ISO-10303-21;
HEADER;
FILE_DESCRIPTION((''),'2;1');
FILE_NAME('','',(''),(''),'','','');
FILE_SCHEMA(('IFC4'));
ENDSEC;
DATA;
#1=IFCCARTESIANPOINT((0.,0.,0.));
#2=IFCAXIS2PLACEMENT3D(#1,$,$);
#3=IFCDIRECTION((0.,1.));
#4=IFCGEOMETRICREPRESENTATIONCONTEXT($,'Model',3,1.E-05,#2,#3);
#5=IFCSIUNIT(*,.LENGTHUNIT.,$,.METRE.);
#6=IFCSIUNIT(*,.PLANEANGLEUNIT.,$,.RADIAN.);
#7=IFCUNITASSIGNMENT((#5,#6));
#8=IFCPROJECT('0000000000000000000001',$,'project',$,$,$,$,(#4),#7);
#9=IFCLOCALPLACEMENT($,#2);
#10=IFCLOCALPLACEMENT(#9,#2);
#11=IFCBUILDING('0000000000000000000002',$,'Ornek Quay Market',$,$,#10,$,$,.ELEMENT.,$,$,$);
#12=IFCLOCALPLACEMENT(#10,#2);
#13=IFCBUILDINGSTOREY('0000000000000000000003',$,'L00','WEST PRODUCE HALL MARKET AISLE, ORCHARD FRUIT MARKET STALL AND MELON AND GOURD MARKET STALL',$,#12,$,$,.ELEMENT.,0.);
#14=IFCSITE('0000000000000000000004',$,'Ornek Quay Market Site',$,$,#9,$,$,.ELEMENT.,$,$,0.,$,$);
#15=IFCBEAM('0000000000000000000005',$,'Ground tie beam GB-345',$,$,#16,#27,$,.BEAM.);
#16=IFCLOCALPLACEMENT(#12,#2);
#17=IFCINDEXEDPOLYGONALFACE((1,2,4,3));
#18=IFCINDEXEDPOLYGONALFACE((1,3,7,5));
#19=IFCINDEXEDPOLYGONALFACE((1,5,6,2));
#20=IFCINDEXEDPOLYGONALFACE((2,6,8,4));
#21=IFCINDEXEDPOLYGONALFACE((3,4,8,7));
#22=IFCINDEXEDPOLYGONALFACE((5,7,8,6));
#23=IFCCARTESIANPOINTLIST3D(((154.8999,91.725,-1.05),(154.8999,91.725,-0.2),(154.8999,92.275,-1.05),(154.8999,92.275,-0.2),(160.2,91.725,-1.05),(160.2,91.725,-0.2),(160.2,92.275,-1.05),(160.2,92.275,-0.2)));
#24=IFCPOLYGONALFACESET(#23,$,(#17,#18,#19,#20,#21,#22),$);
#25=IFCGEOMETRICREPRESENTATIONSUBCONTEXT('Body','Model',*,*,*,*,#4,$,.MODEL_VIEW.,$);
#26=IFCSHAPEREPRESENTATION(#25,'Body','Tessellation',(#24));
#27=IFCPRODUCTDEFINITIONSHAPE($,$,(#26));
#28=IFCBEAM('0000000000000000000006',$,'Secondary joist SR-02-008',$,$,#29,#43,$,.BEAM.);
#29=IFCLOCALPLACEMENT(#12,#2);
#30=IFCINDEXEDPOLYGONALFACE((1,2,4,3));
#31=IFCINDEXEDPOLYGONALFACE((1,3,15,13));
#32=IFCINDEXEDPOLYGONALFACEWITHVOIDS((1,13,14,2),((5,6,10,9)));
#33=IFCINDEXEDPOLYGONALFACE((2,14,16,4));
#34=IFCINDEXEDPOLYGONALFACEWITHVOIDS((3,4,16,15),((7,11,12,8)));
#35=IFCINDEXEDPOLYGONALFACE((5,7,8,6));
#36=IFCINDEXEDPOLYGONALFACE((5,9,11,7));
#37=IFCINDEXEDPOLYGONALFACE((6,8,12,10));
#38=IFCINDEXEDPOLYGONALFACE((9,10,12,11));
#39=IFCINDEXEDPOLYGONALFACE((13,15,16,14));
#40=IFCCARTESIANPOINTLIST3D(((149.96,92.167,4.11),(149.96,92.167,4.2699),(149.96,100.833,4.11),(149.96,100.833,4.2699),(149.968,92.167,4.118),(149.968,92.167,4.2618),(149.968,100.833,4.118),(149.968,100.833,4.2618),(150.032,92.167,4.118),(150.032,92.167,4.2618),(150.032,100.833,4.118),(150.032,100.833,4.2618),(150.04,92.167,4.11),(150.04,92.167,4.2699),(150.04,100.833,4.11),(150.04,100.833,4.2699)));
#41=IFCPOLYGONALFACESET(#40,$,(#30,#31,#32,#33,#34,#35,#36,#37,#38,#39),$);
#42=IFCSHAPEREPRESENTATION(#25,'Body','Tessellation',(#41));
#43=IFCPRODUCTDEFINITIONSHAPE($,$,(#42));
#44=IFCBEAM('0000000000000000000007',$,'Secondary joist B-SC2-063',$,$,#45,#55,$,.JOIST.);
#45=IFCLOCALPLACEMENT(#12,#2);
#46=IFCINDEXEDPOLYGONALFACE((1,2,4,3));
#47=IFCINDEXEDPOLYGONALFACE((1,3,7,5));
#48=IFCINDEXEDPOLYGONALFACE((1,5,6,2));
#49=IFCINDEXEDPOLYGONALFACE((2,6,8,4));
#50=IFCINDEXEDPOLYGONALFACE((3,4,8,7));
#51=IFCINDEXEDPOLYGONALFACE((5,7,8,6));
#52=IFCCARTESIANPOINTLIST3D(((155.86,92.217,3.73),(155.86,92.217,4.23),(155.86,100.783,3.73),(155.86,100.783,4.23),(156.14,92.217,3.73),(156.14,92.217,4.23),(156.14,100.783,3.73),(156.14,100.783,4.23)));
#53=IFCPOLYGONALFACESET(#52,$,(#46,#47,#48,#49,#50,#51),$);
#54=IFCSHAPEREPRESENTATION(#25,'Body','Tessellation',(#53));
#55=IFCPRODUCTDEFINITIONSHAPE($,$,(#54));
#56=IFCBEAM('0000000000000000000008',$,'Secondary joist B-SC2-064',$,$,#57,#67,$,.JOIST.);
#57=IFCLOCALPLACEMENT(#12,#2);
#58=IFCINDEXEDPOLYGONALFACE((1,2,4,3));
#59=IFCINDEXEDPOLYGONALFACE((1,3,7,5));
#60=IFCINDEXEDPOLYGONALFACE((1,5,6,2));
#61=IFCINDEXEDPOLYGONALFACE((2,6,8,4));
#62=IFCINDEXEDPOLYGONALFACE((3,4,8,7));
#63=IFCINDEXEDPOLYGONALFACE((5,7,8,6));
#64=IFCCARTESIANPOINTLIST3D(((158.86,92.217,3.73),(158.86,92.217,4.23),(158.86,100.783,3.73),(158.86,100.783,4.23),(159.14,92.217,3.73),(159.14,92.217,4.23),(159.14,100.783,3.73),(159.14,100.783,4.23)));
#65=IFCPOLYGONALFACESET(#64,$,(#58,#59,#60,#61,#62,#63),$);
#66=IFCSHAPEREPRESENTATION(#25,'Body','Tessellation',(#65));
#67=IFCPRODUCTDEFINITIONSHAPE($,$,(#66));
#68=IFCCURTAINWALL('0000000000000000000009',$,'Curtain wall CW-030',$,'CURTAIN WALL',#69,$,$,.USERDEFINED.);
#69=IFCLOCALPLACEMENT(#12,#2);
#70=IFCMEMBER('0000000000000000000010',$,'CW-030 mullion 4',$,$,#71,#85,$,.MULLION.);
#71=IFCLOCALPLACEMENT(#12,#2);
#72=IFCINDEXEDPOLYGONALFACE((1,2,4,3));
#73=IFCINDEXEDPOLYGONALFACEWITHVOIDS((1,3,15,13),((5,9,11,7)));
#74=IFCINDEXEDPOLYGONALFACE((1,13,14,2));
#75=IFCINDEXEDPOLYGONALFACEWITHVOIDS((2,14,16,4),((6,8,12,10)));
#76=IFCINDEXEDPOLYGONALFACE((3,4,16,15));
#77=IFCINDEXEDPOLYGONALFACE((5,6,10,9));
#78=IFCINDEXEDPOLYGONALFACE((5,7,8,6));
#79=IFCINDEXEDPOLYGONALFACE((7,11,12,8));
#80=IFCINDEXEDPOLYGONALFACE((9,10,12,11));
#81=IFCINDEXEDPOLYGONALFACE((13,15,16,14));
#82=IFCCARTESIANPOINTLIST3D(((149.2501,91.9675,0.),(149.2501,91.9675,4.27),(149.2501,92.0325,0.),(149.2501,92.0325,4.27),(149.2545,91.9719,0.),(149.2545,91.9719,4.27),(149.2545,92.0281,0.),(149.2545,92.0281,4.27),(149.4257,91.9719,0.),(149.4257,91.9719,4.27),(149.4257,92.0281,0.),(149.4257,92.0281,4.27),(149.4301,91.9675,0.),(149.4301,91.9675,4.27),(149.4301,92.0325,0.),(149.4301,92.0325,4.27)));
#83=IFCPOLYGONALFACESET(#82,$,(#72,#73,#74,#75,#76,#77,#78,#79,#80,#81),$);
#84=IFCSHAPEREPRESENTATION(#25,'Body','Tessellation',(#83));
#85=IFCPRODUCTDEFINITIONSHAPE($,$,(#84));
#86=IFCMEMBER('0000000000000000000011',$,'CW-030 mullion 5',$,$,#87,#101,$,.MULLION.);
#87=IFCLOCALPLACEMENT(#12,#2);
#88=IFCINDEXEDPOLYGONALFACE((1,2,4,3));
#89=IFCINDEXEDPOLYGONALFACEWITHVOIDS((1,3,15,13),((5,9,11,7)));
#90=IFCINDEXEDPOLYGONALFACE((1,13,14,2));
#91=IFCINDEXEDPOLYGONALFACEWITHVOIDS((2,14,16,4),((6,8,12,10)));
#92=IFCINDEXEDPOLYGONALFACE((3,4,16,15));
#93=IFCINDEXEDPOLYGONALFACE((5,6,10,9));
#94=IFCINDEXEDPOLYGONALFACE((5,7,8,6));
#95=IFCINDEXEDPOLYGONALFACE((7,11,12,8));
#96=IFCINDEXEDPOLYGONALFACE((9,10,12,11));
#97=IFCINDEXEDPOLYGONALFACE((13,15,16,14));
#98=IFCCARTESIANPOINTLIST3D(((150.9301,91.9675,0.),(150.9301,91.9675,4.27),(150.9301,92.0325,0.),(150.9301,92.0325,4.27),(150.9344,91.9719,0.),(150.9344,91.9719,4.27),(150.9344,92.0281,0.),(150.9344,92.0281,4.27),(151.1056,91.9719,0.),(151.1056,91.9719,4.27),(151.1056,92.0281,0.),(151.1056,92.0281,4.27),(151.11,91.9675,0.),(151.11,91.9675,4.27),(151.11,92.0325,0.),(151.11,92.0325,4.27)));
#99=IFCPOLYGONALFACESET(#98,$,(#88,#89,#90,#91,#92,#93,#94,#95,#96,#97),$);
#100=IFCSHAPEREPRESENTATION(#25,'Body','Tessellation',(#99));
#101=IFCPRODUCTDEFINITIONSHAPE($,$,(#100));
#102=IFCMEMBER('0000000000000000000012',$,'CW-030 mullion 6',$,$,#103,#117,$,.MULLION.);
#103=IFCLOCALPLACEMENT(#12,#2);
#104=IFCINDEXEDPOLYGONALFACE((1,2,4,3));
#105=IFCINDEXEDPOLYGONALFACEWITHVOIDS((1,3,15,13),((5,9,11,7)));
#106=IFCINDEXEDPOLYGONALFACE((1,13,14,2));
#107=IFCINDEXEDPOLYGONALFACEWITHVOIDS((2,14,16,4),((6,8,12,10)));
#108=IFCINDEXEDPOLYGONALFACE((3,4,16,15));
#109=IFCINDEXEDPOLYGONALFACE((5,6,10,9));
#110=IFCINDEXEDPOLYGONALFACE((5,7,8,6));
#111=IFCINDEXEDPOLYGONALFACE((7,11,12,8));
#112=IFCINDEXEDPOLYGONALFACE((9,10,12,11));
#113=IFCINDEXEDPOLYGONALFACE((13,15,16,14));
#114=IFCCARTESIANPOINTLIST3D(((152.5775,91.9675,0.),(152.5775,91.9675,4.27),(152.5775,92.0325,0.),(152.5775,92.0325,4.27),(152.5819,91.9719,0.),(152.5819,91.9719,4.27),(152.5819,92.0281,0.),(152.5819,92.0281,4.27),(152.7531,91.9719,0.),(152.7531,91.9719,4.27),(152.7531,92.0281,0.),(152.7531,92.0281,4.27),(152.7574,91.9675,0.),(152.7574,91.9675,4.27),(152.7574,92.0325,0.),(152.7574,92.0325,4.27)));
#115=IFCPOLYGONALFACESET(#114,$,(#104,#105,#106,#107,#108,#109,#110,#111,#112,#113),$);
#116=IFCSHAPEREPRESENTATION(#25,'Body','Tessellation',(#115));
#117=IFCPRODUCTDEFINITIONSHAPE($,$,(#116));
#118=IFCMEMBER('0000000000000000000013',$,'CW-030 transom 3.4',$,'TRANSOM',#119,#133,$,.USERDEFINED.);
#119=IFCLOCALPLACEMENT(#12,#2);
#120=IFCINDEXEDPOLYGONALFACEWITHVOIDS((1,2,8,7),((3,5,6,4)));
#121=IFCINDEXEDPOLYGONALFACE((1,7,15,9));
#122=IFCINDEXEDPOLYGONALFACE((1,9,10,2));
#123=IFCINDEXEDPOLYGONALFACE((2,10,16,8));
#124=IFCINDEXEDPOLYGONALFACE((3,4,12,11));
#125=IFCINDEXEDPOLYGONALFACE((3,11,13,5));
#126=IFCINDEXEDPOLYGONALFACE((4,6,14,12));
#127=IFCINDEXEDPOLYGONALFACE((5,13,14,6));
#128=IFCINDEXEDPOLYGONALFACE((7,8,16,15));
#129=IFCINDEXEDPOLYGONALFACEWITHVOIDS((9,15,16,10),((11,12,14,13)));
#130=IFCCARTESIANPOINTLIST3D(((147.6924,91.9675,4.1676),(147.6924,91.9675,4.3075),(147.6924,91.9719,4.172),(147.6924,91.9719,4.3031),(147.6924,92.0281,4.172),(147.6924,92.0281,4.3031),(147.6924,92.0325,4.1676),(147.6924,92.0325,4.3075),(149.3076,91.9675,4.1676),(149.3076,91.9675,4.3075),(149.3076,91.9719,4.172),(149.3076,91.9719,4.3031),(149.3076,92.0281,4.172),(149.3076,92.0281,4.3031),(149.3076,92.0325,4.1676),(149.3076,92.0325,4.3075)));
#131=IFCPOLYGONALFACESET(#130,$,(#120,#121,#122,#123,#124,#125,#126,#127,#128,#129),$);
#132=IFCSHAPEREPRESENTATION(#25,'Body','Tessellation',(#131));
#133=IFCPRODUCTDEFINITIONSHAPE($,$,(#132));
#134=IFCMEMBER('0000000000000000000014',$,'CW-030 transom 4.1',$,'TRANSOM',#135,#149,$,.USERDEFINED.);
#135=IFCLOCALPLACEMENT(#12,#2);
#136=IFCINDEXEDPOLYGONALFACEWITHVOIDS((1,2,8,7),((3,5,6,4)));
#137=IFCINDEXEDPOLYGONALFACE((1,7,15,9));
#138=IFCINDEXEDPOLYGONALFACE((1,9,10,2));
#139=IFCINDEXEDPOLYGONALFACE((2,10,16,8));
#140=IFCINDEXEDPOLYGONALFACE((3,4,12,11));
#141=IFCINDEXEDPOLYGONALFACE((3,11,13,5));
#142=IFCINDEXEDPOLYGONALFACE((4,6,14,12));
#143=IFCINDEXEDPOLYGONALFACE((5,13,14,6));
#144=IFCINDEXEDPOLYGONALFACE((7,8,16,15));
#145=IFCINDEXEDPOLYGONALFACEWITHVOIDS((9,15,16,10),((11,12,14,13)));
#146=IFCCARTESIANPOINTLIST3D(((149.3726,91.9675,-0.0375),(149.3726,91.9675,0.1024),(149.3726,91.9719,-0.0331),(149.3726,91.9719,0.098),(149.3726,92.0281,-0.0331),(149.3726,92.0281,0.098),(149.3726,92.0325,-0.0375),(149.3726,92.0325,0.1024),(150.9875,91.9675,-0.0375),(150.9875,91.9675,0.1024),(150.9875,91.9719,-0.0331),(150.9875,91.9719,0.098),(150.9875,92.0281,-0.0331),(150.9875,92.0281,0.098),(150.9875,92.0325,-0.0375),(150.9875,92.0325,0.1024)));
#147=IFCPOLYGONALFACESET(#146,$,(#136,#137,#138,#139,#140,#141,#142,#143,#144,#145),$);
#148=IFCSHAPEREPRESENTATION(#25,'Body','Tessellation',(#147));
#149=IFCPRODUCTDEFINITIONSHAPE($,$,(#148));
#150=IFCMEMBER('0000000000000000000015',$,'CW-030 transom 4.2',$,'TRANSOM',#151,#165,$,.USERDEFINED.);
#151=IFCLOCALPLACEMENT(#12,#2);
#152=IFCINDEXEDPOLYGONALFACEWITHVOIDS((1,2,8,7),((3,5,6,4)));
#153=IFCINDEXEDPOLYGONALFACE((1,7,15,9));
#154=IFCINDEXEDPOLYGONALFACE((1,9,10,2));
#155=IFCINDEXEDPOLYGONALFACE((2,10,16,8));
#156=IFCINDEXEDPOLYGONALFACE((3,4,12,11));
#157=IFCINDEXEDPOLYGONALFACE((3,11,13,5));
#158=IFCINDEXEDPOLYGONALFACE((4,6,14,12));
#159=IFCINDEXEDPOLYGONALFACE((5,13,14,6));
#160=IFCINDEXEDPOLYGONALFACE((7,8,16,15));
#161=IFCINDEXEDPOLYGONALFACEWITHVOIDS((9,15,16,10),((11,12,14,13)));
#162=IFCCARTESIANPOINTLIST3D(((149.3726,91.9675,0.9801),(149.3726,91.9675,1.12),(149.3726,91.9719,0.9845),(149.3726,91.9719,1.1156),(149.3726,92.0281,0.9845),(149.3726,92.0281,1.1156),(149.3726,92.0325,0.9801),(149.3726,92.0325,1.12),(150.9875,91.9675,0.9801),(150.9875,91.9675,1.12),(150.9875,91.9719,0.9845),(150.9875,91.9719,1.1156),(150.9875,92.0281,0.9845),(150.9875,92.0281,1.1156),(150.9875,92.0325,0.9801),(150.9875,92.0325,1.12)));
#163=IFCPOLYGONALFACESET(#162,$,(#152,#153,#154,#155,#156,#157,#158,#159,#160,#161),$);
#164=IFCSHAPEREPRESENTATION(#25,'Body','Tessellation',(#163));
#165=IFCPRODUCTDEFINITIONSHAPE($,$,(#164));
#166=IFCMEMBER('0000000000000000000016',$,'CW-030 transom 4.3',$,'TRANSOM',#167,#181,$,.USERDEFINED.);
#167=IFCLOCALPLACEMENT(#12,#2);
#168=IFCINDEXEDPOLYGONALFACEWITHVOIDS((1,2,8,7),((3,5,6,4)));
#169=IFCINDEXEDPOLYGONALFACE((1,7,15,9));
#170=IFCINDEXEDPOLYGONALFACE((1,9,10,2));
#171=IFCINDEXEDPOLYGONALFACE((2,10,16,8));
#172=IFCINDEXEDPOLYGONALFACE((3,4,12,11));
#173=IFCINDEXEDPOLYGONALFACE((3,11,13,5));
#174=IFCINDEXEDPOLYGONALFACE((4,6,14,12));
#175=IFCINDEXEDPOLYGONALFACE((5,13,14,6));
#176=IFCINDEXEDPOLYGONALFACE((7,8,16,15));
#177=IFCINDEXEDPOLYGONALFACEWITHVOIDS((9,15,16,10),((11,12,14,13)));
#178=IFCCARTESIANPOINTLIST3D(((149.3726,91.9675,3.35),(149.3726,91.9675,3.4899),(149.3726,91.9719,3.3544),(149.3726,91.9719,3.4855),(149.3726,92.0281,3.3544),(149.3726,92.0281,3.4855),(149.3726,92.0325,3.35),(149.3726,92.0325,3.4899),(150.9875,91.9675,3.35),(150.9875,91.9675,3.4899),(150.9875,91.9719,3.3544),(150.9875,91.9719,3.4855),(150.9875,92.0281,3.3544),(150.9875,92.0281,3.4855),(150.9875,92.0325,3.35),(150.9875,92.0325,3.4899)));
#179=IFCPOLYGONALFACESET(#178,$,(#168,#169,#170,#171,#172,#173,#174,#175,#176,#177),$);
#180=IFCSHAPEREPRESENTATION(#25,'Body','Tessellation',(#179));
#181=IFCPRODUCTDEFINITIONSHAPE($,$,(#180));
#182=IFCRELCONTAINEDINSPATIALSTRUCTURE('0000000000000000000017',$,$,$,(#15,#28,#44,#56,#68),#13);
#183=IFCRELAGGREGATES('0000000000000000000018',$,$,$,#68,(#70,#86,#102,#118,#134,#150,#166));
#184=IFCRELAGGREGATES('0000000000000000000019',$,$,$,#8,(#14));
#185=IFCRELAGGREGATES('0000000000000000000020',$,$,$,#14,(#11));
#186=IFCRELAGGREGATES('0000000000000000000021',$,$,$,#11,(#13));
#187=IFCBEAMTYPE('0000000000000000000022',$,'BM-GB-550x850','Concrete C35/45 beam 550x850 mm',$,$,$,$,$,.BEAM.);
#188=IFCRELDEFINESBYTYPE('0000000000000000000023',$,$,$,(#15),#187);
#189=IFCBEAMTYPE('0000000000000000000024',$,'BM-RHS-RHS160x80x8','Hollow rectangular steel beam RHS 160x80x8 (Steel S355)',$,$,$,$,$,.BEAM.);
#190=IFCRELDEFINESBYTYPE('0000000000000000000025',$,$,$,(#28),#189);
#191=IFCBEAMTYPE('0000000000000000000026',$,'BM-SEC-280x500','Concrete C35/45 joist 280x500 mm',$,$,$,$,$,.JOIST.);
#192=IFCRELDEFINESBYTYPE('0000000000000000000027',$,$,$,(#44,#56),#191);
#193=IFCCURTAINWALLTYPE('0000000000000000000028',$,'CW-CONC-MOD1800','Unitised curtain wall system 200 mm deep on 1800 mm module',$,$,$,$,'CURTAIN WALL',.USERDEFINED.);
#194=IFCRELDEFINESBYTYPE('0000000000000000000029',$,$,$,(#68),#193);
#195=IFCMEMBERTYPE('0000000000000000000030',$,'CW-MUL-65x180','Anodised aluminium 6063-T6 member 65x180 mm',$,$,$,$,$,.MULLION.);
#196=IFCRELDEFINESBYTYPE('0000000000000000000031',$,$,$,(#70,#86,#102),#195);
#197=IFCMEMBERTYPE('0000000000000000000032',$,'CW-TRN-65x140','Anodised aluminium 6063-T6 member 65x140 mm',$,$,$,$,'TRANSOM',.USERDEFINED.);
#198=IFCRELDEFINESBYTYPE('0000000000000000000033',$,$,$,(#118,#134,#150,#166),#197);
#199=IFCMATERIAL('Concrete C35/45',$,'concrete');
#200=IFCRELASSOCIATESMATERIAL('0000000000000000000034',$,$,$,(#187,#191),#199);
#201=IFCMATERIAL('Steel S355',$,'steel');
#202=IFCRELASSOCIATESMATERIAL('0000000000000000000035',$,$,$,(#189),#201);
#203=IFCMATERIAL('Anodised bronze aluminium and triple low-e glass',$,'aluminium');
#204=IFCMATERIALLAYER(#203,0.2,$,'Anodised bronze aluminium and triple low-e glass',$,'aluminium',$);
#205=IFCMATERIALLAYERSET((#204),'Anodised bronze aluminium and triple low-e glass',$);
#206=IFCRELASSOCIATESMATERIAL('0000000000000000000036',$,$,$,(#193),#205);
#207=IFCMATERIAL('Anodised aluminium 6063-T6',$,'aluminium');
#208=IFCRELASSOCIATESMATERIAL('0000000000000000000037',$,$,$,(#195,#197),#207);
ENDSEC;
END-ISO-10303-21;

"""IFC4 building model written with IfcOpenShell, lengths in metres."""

from ifc_helpers import new_model, si_unit, direction, frame, origin, origin_2d, place, context, subcontext, project, spatial, rectangle, hollow_rectangle, extrude, material, layer, layer_set, material_profile, profile_set, type_object, element, aggregate, save


model = new_model("IFC4")

# Units and contexts
model_context = context("Model", 3, precision=1e-05, world=origin(), true_north=direction((0.0, 1.0)))
body_context = subcontext(model_context, "Body", "Model", "MODEL_VIEW")
ifc_project = project(units=[si_unit("LENGTHUNIT", "METRE"), si_unit("PLANEANGLEUNIT", "RADIAN")], contexts=[model_context])

# Site, building, storey
site_placement = place(None, origin())
site = spatial("IfcSite", under=ifc_project, at=site_placement, Name="Ornek Quay Market Site", CompositionType="ELEMENT", RefElevation=0.0)
building_placement = place(site_placement, origin())
building = spatial("IfcBuilding", under=site, at=building_placement, Name="Ornek Quay Market", CompositionType="ELEMENT")
storey_placement = place(building_placement, origin())
storey = spatial("IfcBuildingStorey", under=building, at=storey_placement, Name="L00", Description="WEST PRODUCE HALL MARKET AISLE, ORCHARD FRUIT MARKET STALL AND MELON AND GOURD MARKET STALL", CompositionType="ELEMENT", Elevation=0.0)

# Shared definitions
ifc_material_1 = material(Name="Concrete C35/45", Category="concrete")

# Beams
ifc_material_profile_1 = material_profile(ifc_material_1, rectangle(XDim=0.55, YDim=0.8501, at=origin_2d()), Name="RC 550x850", Category="concrete")
ifc_profile_set_1 = profile_set([ifc_material_profile_1], Name="Concrete C35/45")
beam_type_1 = type_object("IfcBeamType", Name="BM-GB-550x850", Description="Concrete C35/45 beam 550x850 mm", PredefinedType="BEAM", material=ifc_profile_set_1)
beam_1_placement = place(storey_placement, frame((154.8999, 92.0, -0.625), z_axis=(1.0, 0.0, 0.0), x_axis=(0.0, 1.0, 0.0)))
element("IfcBeam", 1, at=beam_1_placement, inside=storey, type_object=beam_type_1, Name="Ground tie beam GB-345", PredefinedType="BEAM", context=body_context, shape_type="SweptSolid", body=[
    extrude(rectangle(XDim=0.55, YDim=0.8501, at=origin_2d()), origin(), (0.0, 0.0, 1.0), 5.3),
])
ifc_material_2 = material(Name="Steel S355", Category="steel")
ifc_material_profile_2 = material_profile(ifc_material_2, hollow_rectangle(XDim=0.0801, YDim=0.1599, WallThickness=0.0081, at=origin_2d()), Name="RHS 160x80x8", Category="steel")
ifc_profile_set_2 = profile_set([ifc_material_profile_2], Name="Steel S355")
beam_type_2 = type_object("IfcBeamType", Name="BM-RHS-RHS160x80x8", Description="Hollow rectangular steel beam RHS 160x80x8 (Steel S355)", PredefinedType="BEAM", material=ifc_profile_set_2)
beam_2_placement = place(storey_placement, frame((150.0, 92.167, 4.1899), z_axis=(0.0, 1.0, 0.0), x_axis=(-1.0, 0.0, 0.0)))
element("IfcBeam", 2, at=beam_2_placement, inside=storey, type_object=beam_type_2, Name="Secondary joist SR-02-008", PredefinedType="BEAM", context=body_context, shape_type="SweptSolid", body=[
    extrude(hollow_rectangle(XDim=0.0801, YDim=0.1599, WallThickness=0.0081, at=origin_2d()), origin(), (0.0, 0.0, 1.0), 8.666),
])
ifc_material_profile_3 = material_profile(ifc_material_1, rectangle(XDim=0.28, YDim=0.5, at=origin_2d()), Name="RC 280x500", Category="concrete")
ifc_profile_set_3 = profile_set([ifc_material_profile_3], Name="Concrete C35/45")
beam_type_3 = type_object("IfcBeamType", Name="BM-SEC-280x500", Description="Concrete C35/45 joist 280x500 mm", PredefinedType="JOIST", material=ifc_profile_set_3)
for number, where, z_axis, x_axis, name in (
    (3, (156.0, 92.217, 3.98), (0.0, 1.0, 0.0), (-1.0, 0.0, 0.0), "Secondary joist B-SC2-063"),
    (4, (159.0, 92.217, 3.98), (0.0, 1.0, 0.0), (-1.0, 0.0, 0.0), "Secondary joist B-SC2-064"),
):
    element("IfcBeam", number, at=place(storey_placement, frame(where, z_axis=z_axis, x_axis=x_axis)), inside=storey, type_object=beam_type_3, Name=name, PredefinedType="JOIST", context=body_context, shape_type="SweptSolid", body=[
        extrude(rectangle(XDim=0.28, YDim=0.5, at=origin_2d()), origin(), (0.0, 0.0, 1.0), 8.5659),
    ])

# Curtain wall, members
ifc_material_3 = material(Name="Anodised bronze aluminium and triple low-e glass", Category="aluminium")
ifc_layer_1 = layer(ifc_material_3, 0.2, Name="Anodised bronze aluminium and triple low-e glass", Category="aluminium")
ifc_layer_set_1 = layer_set([ifc_layer_1], Name="Anodised bronze aluminium and triple low-e glass")
curtain_wall_type = type_object("IfcCurtainWallType", Name="CW-CONC-MOD1800", Description="Unitised curtain wall system 200 mm deep on 1800 mm module", ElementType="CURTAIN WALL", PredefinedType="USERDEFINED", material=ifc_layer_set_1)
curtain_wall_placement = place(storey_placement, origin())
curtain_wall = element("IfcCurtainWall", 5, at=curtain_wall_placement, inside=storey, type_object=curtain_wall_type, Name="Curtain wall CW-030", ObjectType="CURTAIN WALL", PredefinedType="USERDEFINED")
ifc_material_4 = material(Name="Anodised aluminium 6063-T6", Category="aluminium")
ifc_material_profile_4 = material_profile(ifc_material_4, hollow_rectangle(XDim=0.0649, YDim=0.1799, WallThickness=0.0044, at=origin_2d()), Name="CW-MUL-65x180", Category="aluminium")
ifc_profile_set_4 = profile_set([ifc_material_profile_4], Name="Anodised aluminium 6063-T6")
member_type_1 = type_object("IfcMemberType", Name="CW-MUL-65x180", Description="Anodised aluminium 6063-T6 member 65x180 mm", PredefinedType="MULLION", material=ifc_profile_set_4)
member_1_placement = place(storey_placement, frame((149.3401, 92.0, 0.0), z_axis=(0.0, 0.0, 1.0), x_axis=(0.0, 1.0, 0.0)))
member_1 = element("IfcMember", 6, at=member_1_placement, type_object=member_type_1, Name="CW-030 mullion 4", PredefinedType="MULLION", context=body_context, shape_type="SweptSolid", body=[
    extrude(hollow_rectangle(XDim=0.0649, YDim=0.1799, WallThickness=0.0044, at=origin_2d()), origin(), (0.0, 0.0, 1.0), 4.27),
])
member_2_placement = place(storey_placement, frame((151.02, 92.0, 0.0), z_axis=(0.0, 0.0, 1.0), x_axis=(0.0, 1.0, 0.0)))
member_2 = element("IfcMember", 7, at=member_2_placement, type_object=member_type_1, Name="CW-030 mullion 5", PredefinedType="MULLION", context=body_context, shape_type="SweptSolid", body=[
    extrude(hollow_rectangle(XDim=0.0649, YDim=0.1799, WallThickness=0.0044, at=origin_2d()), origin(), (0.0, 0.0, 1.0), 4.27),
])
member_3_placement = place(storey_placement, frame((152.6675, 92.0, 0.0), z_axis=(0.0, 0.0, 1.0), x_axis=(0.0, 1.0, 0.0)))
member_3 = element("IfcMember", 8, at=member_3_placement, type_object=member_type_1, Name="CW-030 mullion 6", PredefinedType="MULLION", context=body_context, shape_type="SweptSolid", body=[
    extrude(hollow_rectangle(XDim=0.0649, YDim=0.1799, WallThickness=0.0044, at=origin_2d()), origin(), (0.0, 0.0, 1.0), 4.27),
])
ifc_material_profile_5 = material_profile(ifc_material_4, hollow_rectangle(XDim=0.0649, YDim=0.1399, WallThickness=0.0044, at=origin_2d()), Name="CW-TRN-65x140", Category="aluminium")
ifc_profile_set_5 = profile_set([ifc_material_profile_5], Name="Anodised aluminium 6063-T6")
member_type_2 = type_object("IfcMemberType", Name="CW-TRN-65x140", Description="Anodised aluminium 6063-T6 member 65x140 mm", ElementType="TRANSOM", PredefinedType="USERDEFINED", material=ifc_profile_set_5)
member_4_placement = place(storey_placement, frame((147.6924, 92.0, 4.2375), z_axis=(1.0, 0.0, 0.0), x_axis=(0.0, 1.0, 0.0)))
member_4 = element("IfcMember", 9, at=member_4_placement, type_object=member_type_2, Name="CW-030 transom 3.4", ObjectType="TRANSOM", PredefinedType="USERDEFINED", context=body_context, shape_type="SweptSolid", body=[
    extrude(hollow_rectangle(XDim=0.0649, YDim=0.1399, WallThickness=0.0044, at=origin_2d()), origin(), (0.0, 0.0, 1.0), 1.6152),
])
member_5_placement = place(storey_placement, frame((149.3726, 92.0, 0.0325), z_axis=(1.0, 0.0, 0.0), x_axis=(0.0, 1.0, 0.0)))
member_5 = element("IfcMember", 10, at=member_5_placement, type_object=member_type_2, Name="CW-030 transom 4.1", ObjectType="TRANSOM", PredefinedType="USERDEFINED", context=body_context, shape_type="SweptSolid", body=[
    extrude(hollow_rectangle(XDim=0.0649, YDim=0.1399, WallThickness=0.0044, at=origin_2d()), origin(), (0.0, 0.0, 1.0), 1.615),
])
member_6_placement = place(storey_placement, frame((149.3726, 92.0, 1.05), z_axis=(1.0, 0.0, 0.0), x_axis=(0.0, 1.0, 0.0)))
member_6 = element("IfcMember", 11, at=member_6_placement, type_object=member_type_2, Name="CW-030 transom 4.2", ObjectType="TRANSOM", PredefinedType="USERDEFINED", context=body_context, shape_type="SweptSolid", body=[
    extrude(hollow_rectangle(XDim=0.0649, YDim=0.1399, WallThickness=0.0044, at=origin_2d()), origin(), (0.0, 0.0, 1.0), 1.615),
])
member_7_placement = place(storey_placement, frame((149.3726, 92.0, 3.4199), z_axis=(1.0, 0.0, 0.0), x_axis=(0.0, 1.0, 0.0)))
member_7 = element("IfcMember", 12, at=member_7_placement, type_object=member_type_2, Name="CW-030 transom 4.3", ObjectType="TRANSOM", PredefinedType="USERDEFINED", context=body_context, shape_type="SweptSolid", body=[
    extrude(hollow_rectangle(XDim=0.0649, YDim=0.1399, WallThickness=0.0044, at=origin_2d()), origin(), (0.0, 0.0, 1.0), 1.615),
])
aggregate(curtain_wall, [member_1, member_2, member_3, member_4, member_5, member_6, member_7])

save(model, "model.ifc")
